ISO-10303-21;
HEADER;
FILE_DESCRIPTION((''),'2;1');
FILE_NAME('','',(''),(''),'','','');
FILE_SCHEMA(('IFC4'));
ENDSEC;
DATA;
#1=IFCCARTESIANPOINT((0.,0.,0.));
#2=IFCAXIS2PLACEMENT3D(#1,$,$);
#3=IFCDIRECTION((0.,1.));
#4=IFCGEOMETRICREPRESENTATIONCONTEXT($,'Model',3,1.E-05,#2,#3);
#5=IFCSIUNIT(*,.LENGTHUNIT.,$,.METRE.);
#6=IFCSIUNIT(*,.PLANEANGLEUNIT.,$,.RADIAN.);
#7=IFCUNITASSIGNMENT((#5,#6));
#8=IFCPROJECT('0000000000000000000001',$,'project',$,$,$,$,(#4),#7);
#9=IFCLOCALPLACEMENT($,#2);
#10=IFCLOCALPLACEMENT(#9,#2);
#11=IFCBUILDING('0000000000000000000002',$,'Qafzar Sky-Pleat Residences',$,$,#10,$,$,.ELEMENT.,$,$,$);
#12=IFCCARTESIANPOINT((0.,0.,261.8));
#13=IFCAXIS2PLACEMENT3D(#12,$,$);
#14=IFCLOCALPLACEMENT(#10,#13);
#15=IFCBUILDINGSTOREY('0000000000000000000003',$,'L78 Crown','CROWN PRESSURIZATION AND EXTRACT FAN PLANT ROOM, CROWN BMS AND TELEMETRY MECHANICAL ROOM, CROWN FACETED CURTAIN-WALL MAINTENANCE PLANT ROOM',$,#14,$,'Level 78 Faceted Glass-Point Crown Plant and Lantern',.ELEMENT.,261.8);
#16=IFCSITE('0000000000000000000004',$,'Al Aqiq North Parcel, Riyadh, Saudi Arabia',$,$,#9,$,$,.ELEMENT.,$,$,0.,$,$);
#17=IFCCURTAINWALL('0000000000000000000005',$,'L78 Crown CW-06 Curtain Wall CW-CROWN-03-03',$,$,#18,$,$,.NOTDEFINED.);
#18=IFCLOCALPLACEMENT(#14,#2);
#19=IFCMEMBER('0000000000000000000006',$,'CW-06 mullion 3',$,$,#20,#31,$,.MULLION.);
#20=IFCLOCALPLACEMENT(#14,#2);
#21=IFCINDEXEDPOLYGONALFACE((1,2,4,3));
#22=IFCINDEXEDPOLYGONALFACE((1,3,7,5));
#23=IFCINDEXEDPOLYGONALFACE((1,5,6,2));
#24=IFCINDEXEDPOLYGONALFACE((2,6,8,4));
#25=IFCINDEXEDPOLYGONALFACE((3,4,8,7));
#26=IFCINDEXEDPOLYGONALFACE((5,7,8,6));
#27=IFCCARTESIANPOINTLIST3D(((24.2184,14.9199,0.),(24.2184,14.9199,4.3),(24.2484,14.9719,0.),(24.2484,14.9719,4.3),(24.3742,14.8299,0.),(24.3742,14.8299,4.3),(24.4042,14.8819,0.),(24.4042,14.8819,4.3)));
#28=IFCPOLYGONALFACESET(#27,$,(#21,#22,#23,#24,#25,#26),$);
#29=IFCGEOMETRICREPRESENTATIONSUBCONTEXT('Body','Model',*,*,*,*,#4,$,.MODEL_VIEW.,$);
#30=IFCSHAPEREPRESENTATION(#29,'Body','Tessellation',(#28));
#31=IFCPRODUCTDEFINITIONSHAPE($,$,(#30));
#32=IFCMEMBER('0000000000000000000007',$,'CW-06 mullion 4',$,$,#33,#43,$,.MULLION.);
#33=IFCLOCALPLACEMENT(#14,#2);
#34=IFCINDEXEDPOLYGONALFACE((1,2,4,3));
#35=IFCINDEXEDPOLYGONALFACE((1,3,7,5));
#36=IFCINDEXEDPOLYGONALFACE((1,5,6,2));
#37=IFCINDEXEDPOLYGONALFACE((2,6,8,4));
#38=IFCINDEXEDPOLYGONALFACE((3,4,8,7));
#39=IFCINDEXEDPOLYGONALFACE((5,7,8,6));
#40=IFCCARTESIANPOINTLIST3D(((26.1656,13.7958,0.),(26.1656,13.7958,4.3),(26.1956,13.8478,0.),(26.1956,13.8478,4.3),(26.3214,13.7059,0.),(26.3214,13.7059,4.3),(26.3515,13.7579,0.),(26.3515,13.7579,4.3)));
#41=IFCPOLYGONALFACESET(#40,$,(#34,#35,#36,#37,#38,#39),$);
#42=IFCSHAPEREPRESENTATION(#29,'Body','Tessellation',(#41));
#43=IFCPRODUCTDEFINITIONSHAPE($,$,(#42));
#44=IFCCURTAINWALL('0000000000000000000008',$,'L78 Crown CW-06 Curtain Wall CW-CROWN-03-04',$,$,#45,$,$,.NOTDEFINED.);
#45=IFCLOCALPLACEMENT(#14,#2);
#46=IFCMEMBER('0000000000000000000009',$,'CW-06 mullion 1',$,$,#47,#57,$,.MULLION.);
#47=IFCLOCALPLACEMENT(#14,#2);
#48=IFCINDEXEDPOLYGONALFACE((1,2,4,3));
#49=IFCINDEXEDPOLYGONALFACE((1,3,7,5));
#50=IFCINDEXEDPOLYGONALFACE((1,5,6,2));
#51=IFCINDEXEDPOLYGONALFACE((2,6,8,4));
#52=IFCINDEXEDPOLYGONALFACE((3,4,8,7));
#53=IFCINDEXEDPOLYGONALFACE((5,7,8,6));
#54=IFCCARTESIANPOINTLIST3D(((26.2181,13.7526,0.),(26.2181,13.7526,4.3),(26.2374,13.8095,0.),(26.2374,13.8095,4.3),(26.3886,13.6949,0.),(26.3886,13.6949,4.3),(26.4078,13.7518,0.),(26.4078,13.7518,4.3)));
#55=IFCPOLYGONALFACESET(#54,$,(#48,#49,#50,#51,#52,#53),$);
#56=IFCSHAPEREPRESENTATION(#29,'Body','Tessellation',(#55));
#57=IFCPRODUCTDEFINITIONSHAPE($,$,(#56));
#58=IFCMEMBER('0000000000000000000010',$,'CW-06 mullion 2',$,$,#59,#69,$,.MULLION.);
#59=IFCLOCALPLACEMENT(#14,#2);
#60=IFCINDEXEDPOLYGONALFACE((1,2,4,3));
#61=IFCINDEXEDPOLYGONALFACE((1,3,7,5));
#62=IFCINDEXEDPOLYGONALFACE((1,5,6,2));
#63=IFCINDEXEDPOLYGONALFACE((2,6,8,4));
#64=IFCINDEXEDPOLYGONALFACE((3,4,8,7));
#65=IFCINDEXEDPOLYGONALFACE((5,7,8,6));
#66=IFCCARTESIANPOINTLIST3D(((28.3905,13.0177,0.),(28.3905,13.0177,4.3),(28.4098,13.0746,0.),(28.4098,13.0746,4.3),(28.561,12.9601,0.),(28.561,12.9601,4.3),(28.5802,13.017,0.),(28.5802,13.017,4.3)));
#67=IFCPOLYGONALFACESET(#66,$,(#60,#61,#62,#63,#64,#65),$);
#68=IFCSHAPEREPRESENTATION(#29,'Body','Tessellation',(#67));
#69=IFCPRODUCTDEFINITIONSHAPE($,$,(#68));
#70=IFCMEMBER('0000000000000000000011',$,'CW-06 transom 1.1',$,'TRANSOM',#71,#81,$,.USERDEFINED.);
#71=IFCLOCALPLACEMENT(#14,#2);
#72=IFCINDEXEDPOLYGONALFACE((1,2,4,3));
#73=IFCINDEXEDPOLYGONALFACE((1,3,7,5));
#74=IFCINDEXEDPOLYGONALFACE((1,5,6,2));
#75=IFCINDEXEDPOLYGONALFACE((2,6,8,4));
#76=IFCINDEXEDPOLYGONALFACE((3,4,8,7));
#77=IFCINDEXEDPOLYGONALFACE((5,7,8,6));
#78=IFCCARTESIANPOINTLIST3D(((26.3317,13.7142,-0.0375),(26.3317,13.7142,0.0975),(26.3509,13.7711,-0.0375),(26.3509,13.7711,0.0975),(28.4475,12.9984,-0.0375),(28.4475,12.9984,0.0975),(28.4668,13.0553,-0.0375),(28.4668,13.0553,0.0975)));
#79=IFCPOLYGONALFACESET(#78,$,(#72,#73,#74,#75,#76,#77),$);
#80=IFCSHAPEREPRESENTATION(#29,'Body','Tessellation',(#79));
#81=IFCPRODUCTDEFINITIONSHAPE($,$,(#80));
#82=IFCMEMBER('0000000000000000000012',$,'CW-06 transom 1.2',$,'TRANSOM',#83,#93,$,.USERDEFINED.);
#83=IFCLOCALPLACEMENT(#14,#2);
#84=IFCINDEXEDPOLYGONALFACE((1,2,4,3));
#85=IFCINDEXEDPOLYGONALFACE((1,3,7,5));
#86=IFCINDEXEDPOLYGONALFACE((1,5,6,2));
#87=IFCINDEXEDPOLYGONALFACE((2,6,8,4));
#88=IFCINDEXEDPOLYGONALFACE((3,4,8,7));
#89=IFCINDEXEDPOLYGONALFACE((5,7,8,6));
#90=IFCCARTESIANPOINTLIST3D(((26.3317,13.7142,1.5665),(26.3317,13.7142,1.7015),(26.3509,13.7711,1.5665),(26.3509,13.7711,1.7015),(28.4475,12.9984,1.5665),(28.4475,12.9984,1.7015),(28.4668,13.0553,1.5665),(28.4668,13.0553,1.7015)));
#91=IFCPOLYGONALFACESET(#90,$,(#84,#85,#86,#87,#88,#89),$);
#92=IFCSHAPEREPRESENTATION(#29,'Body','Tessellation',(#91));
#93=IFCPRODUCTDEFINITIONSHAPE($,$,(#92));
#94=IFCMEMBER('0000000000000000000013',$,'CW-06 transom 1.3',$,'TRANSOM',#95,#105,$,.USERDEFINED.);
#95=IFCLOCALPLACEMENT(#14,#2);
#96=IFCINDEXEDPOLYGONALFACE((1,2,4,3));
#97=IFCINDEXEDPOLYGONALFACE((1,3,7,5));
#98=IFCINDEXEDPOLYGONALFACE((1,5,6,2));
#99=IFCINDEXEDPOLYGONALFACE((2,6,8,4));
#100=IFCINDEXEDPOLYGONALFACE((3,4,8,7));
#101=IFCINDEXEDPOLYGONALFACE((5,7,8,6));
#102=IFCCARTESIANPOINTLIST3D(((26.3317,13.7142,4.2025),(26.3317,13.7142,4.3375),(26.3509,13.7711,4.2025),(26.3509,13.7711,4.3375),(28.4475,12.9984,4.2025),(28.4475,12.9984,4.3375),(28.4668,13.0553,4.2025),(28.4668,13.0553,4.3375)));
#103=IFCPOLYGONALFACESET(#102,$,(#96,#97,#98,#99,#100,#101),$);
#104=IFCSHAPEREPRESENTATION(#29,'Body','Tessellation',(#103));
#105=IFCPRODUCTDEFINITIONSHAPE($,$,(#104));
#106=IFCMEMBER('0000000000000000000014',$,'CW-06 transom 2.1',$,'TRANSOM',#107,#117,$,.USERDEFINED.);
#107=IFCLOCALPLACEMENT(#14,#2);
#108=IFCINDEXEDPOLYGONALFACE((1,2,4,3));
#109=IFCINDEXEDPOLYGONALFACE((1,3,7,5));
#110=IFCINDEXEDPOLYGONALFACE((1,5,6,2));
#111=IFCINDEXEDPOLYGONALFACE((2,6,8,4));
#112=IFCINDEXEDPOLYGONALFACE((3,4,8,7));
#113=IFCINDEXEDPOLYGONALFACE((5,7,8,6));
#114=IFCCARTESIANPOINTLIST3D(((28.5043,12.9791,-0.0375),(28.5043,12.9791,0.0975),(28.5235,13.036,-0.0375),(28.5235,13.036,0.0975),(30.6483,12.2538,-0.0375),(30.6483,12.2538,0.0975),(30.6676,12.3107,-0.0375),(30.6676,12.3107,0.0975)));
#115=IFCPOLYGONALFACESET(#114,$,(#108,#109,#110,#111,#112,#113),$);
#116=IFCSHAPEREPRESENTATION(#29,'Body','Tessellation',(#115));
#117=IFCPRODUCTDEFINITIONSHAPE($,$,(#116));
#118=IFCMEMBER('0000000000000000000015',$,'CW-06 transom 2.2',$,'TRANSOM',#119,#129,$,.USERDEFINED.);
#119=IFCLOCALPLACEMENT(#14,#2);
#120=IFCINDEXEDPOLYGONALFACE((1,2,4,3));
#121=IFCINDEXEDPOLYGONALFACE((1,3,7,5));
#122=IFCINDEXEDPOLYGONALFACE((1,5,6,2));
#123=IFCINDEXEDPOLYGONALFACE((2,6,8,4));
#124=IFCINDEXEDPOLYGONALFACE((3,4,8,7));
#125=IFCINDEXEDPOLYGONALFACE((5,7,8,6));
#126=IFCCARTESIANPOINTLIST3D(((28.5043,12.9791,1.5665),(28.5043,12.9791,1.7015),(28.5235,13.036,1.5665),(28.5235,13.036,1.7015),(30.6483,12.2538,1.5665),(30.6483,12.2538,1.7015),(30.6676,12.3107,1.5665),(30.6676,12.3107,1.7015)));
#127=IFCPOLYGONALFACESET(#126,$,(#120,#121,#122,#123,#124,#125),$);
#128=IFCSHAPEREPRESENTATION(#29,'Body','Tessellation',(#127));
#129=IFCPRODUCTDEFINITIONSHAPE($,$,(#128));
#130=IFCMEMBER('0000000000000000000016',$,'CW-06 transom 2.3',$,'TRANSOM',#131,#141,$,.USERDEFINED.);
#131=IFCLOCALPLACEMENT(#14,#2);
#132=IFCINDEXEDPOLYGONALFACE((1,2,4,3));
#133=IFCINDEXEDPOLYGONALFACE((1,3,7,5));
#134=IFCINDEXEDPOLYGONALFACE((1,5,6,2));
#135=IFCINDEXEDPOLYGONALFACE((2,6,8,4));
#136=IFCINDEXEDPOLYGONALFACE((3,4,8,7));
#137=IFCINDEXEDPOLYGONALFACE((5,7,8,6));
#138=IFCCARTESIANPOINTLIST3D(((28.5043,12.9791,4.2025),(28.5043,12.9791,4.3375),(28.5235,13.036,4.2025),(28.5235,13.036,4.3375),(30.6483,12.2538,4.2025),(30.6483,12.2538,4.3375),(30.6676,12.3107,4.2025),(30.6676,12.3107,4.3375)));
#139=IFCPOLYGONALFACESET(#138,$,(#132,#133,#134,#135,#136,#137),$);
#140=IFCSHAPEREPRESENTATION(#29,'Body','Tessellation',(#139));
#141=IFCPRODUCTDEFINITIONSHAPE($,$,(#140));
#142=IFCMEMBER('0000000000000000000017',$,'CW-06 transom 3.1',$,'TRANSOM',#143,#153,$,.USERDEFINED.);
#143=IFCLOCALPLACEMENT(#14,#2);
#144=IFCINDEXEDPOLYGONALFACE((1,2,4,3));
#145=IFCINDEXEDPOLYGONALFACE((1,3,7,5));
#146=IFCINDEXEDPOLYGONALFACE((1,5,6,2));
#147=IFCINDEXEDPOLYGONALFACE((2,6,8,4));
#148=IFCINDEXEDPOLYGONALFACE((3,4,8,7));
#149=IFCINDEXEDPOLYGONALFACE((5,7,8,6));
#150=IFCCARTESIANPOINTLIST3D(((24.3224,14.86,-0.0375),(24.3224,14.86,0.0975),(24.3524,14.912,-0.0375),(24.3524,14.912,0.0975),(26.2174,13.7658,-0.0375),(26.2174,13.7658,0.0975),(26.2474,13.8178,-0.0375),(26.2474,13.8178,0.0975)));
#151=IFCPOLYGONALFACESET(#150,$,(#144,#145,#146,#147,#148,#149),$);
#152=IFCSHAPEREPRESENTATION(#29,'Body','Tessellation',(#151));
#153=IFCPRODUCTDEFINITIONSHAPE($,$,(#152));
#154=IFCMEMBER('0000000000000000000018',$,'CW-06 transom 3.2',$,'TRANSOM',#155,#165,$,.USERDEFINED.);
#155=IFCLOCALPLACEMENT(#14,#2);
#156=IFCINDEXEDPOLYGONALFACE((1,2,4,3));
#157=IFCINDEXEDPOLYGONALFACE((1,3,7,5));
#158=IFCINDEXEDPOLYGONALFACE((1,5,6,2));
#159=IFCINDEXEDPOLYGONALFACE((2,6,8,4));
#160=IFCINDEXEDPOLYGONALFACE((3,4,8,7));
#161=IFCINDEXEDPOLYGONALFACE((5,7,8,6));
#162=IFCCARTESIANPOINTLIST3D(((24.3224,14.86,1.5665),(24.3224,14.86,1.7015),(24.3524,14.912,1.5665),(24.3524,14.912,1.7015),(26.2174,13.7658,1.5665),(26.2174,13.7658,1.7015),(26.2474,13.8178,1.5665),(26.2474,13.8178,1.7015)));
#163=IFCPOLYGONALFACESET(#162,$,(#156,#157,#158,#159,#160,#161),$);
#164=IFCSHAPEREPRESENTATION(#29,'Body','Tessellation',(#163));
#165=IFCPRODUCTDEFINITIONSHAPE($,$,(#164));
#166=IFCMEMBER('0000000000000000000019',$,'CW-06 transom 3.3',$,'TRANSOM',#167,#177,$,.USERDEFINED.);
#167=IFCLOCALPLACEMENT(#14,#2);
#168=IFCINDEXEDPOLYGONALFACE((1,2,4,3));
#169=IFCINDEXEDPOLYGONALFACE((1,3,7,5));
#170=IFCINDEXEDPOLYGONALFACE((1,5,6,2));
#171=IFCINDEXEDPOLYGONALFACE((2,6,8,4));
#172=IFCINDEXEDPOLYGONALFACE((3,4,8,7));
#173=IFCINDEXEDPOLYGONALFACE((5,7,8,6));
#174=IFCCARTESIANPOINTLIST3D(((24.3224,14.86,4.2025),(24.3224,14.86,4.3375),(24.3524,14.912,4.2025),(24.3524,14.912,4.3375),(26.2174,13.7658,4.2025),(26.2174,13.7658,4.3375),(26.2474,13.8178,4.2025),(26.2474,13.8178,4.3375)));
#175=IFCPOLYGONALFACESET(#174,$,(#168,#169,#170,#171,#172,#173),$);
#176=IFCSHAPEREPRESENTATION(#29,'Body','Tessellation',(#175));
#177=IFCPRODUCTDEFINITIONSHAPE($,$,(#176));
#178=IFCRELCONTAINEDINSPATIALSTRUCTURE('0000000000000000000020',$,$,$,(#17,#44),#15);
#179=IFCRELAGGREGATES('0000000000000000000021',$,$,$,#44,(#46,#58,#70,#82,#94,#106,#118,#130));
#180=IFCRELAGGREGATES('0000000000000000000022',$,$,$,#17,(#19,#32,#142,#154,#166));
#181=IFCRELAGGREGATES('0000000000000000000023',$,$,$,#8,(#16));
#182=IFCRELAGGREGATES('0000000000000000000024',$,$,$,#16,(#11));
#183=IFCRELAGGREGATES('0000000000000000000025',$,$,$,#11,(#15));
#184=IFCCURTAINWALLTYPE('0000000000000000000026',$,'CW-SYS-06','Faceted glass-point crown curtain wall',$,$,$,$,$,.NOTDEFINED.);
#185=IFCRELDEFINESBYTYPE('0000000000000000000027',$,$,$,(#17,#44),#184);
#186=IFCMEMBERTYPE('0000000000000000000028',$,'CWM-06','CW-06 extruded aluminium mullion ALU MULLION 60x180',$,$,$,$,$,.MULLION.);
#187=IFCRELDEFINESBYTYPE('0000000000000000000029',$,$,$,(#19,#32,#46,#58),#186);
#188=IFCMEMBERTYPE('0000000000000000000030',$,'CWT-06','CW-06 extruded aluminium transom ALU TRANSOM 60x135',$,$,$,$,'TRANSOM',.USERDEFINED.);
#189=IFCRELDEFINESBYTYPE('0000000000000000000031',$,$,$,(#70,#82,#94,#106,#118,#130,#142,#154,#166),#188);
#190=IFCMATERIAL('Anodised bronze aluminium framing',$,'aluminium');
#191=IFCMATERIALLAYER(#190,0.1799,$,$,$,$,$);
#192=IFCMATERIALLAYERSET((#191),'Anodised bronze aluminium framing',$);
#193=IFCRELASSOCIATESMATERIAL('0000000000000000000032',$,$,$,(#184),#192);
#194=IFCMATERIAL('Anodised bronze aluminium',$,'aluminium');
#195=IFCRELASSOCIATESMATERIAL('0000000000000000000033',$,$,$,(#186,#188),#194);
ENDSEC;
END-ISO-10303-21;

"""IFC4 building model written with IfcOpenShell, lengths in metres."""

from ifc_helpers import new_model, si_unit, direction, frame, origin, origin_2d, place, context, subcontext, project, spatial, rectangle, extrude, source, transform, mapped, material, layer, layer_set, material_profile, profile_set, type_object, element, aggregate, save


model = new_model("IFC4")

# Units and contexts
model_context = context("Model", 3, precision=1e-05, world=origin(), true_north=direction((0.0, 1.0)))
body_context = subcontext(model_context, "Body", "Model", "MODEL_VIEW")
ifc_project = project(units=[si_unit("LENGTHUNIT", "METRE"), si_unit("PLANEANGLEUNIT", "RADIAN")], contexts=[model_context])

# Site, building, storey
site_placement = place(None, origin())
site = spatial("IfcSite", under=ifc_project, at=site_placement, Name="Al Aqiq North Parcel, Riyadh, Saudi Arabia", CompositionType="ELEMENT", RefElevation=0.0)
building_placement = place(site_placement, origin())
building = spatial("IfcBuilding", under=site, at=building_placement, Name="Qafzar Sky-Pleat Residences", CompositionType="ELEMENT")
storey_placement = place(building_placement, frame((0.0, 0.0, 261.8)))
storey = spatial("IfcBuildingStorey", under=building, at=storey_placement, Name="L78 Crown", Description="CROWN PRESSURIZATION AND EXTRACT FAN PLANT ROOM, CROWN BMS AND TELEMETRY MECHANICAL ROOM, CROWN FACETED CURTAIN-WALL MAINTENANCE PLANT ROOM", LongName="Level 78 Faceted Glass-Point Crown Plant and Lantern", CompositionType="ELEMENT", Elevation=261.8)

# Curtain walls, members
ifc_material_1 = material(Name="Anodised bronze aluminium framing", Category="aluminium")
ifc_layer_1 = layer(ifc_material_1, 0.1799)
ifc_layer_set_1 = layer_set([ifc_layer_1], Name="Anodised bronze aluminium framing")
curtain_wall_type = type_object("IfcCurtainWallType", Name="CW-SYS-06", Description="Faceted glass-point crown curtain wall", PredefinedType="NOTDEFINED", material=ifc_layer_set_1)
curtain_wall_1_placement = place(storey_placement, origin())
curtain_wall_1 = element("IfcCurtainWall", 1, at=curtain_wall_1_placement, inside=storey, type_object=curtain_wall_type, Name="L78 Crown CW-06 Curtain Wall CW-CROWN-03-03", PredefinedType="NOTDEFINED")
ifc_material_2 = material(Name="Anodised bronze aluminium", Category="aluminium")
ifc_material_profile_1 = material_profile(ifc_material_2, rectangle(XDim=0.0601, YDim=0.1799, at=origin_2d()), Name="ALU MULLION 60x180")
ifc_profile_set_1 = profile_set([ifc_material_profile_1], Name="Anodised bronze aluminium")
member_type_1 = type_object("IfcMemberType", Name="CWM-06", Description="CW-06 extruded aluminium mullion ALU MULLION 60x180", PredefinedType="MULLION", material=ifc_profile_set_1)
shared_shape_1 = source(origin(), body_context, "Body", "SweptSolid", [
    extrude(rectangle(XDim=0.0601, YDim=0.1799, at=origin_2d()), origin(), (0.0, 0.0, 1.0), 4.3),
])
member_1_placement = place(storey_placement, frame((24.3113, 14.9009, 0.0), z_axis=(0.0, 0.0, 1.0), x_axis=(0.499993, 0.86603, 0.0)))
member_1 = element("IfcMember", 2, at=member_1_placement, type_object=member_type_1, Name="CW-06 mullion 3", PredefinedType="MULLION", context=body_context, shape_type="MappedRepresentation", body=[
    mapped(shared_shape_1, transform((0.0, 0.0, 0.0), x_axis=(1.0, 0.0, 0.0), y_axis=(0.0, 1.0, 0.0), z_axis=(0.0, 0.0, 1.0), scale=1.0)),
])
member_2_placement = place(storey_placement, frame((26.2585, 13.7769, 0.0), z_axis=(0.0, 0.0, 1.0), x_axis=(0.499993, 0.86603, 0.0)))
member_2 = element("IfcMember", 3, at=member_2_placement, type_object=member_type_1, Name="CW-06 mullion 4", PredefinedType="MULLION", context=body_context, shape_type="MappedRepresentation", body=[
    mapped(shared_shape_1, transform((0.0, 0.0, 0.0), x_axis=(1.0, 0.0, 0.0), y_axis=(0.0, 1.0, 0.0), z_axis=(0.0, 0.0, 1.0), scale=1.0)),
])
curtain_wall_2_placement = place(storey_placement, origin())
curtain_wall_2 = element("IfcCurtainWall", 4, at=curtain_wall_2_placement, inside=storey, type_object=curtain_wall_type, Name="L78 Crown CW-06 Curtain Wall CW-CROWN-03-04", PredefinedType="NOTDEFINED")
member_3_placement = place(storey_placement, frame((26.313, 13.7522, 0.0), z_axis=(0.0, 0.0, 1.0), x_axis=(0.320451, 0.947265, 0.0)))
member_3 = element("IfcMember", 5, at=member_3_placement, type_object=member_type_1, Name="CW-06 mullion 1", PredefinedType="MULLION", context=body_context, shape_type="MappedRepresentation", body=[
    mapped(shared_shape_1, transform((0.0, 0.0, 0.0), x_axis=(1.0, 0.0, 0.0), y_axis=(0.0, 1.0, 0.0), z_axis=(0.0, 0.0, 1.0), scale=1.0)),
])
member_4_placement = place(storey_placement, frame((28.4854, 13.0173, 0.0), z_axis=(0.0, 0.0, 1.0), x_axis=(0.320451, 0.947265, 0.0)))
member_4 = element("IfcMember", 6, at=member_4_placement, type_object=member_type_1, Name="CW-06 mullion 2", PredefinedType="MULLION", context=body_context, shape_type="MappedRepresentation", body=[
    mapped(shared_shape_1, transform((0.0, 0.0, 0.0), x_axis=(1.0, 0.0, 0.0), y_axis=(0.0, 1.0, 0.0), z_axis=(0.0, 0.0, 1.0), scale=1.0)),
])
ifc_material_profile_2 = material_profile(ifc_material_2, rectangle(XDim=0.0601, YDim=0.135, at=origin_2d()), Name="ALU TRANSOM 60x135")
ifc_profile_set_2 = profile_set([ifc_material_profile_2], Name="Anodised bronze aluminium")
member_type_2 = type_object("IfcMemberType", Name="CWT-06", Description="CW-06 extruded aluminium transom ALU TRANSOM 60x135", ElementType="TRANSOM", PredefinedType="USERDEFINED", material=ifc_profile_set_2)
shared_shape_2 = source(origin(), body_context, "Body", "SweptSolid", [
    extrude(rectangle(XDim=0.0601, YDim=0.135, at=origin_2d()), origin(), (0.0, 0.0, 1.0), 2.2336),
])
member_5_placement = place(storey_placement, frame((26.3413, 13.7427, 0.03), z_axis=(0.947253, -0.320488, 0.0), x_axis=(0.320488, 0.947253, 0.0)))
member_5 = element("IfcMember", 7, at=member_5_placement, type_object=member_type_2, Name="CW-06 transom 1.1", ObjectType="TRANSOM", PredefinedType="USERDEFINED", context=body_context, shape_type="MappedRepresentation", body=[
    mapped(shared_shape_2, transform((0.0, 0.0, 0.0), x_axis=(1.0, 0.0, 0.0), y_axis=(0.0, 1.0, 0.0), z_axis=(0.0, 0.0, 1.0), scale=1.0)),
])
member_6_placement = place(storey_placement, frame((26.3413, 13.7427, 1.634), z_axis=(0.947253, -0.320488, 0.0), x_axis=(0.320488, 0.947253, 0.0)))
member_6 = element("IfcMember", 8, at=member_6_placement, type_object=member_type_2, Name="CW-06 transom 1.2", ObjectType="TRANSOM", PredefinedType="USERDEFINED", context=body_context, shape_type="MappedRepresentation", body=[
    mapped(shared_shape_2, transform((0.0, 0.0, 0.0), x_axis=(1.0, 0.0, 0.0), y_axis=(0.0, 1.0, 0.0), z_axis=(0.0, 0.0, 1.0), scale=1.0)),
])
member_7_placement = place(storey_placement, frame((26.3413, 13.7427, 4.27), z_axis=(0.947253, -0.320488, 0.0), x_axis=(0.320488, 0.947253, 0.0)))
member_7 = element("IfcMember", 9, at=member_7_placement, type_object=member_type_2, Name="CW-06 transom 1.3", ObjectType="TRANSOM", PredefinedType="USERDEFINED", context=body_context, shape_type="MappedRepresentation", body=[
    mapped(shared_shape_2, transform((0.0, 0.0, 0.0), x_axis=(1.0, 0.0, 0.0), y_axis=(0.0, 1.0, 0.0), z_axis=(0.0, 0.0, 1.0), scale=1.0)),
])
shared_shape_3 = source(origin(), body_context, "Body", "SweptSolid", [
    extrude(rectangle(XDim=0.0601, YDim=0.135, at=origin_2d()), origin(), (0.0, 0.0, 1.0), 2.2634),
])
member_8_placement = place(storey_placement, frame((28.5139, 13.0076, 0.03), z_axis=(0.947261, -0.320464, 0.0), x_axis=(0.320464, 0.947261, 0.0)))
member_8 = element("IfcMember", 10, at=member_8_placement, type_object=member_type_2, Name="CW-06 transom 2.1", ObjectType="TRANSOM", PredefinedType="USERDEFINED", context=body_context, shape_type="MappedRepresentation", body=[
    mapped(shared_shape_3, transform((0.0, 0.0, 0.0), x_axis=(1.0, 0.0, 0.0), y_axis=(0.0, 1.0, 0.0), z_axis=(0.0, 0.0, 1.0), scale=1.0)),
])
member_9_placement = place(storey_placement, frame((28.5139, 13.0076, 1.634), z_axis=(0.947261, -0.320464, 0.0), x_axis=(0.320464, 0.947261, 0.0)))
member_9 = element("IfcMember", 11, at=member_9_placement, type_object=member_type_2, Name="CW-06 transom 2.2", ObjectType="TRANSOM", PredefinedType="USERDEFINED", context=body_context, shape_type="MappedRepresentation", body=[
    mapped(shared_shape_3, transform((0.0, 0.0, 0.0), x_axis=(1.0, 0.0, 0.0), y_axis=(0.0, 1.0, 0.0), z_axis=(0.0, 0.0, 1.0), scale=1.0)),
])
member_10_placement = place(storey_placement, frame((28.5139, 13.0076, 4.27), z_axis=(0.947261, -0.320464, 0.0), x_axis=(0.320464, 0.947261, 0.0)))
member_10 = element("IfcMember", 12, at=member_10_placement, type_object=member_type_2, Name="CW-06 transom 2.3", ObjectType="TRANSOM", PredefinedType="USERDEFINED", context=body_context, shape_type="MappedRepresentation", body=[
    mapped(shared_shape_3, transform((0.0, 0.0, 0.0), x_axis=(1.0, 0.0, 0.0), y_axis=(0.0, 1.0, 0.0), z_axis=(0.0, 0.0, 1.0), scale=1.0)),
])

# Members
shared_shape_4 = source(origin(), body_context, "Body", "SweptSolid", [
    extrude(rectangle(XDim=0.0601, YDim=0.135, at=origin_2d()), origin(), (0.0, 0.0, 1.0), 2.1882),
])
member_11_placement = place(storey_placement, frame((24.3374, 14.886, 0.03), z_axis=(0.865996, -0.500051, 0.0), x_axis=(0.500051, 0.865996, 0.0)))
member_11 = element("IfcMember", 13, at=member_11_placement, type_object=member_type_2, Name="CW-06 transom 3.1", ObjectType="TRANSOM", PredefinedType="USERDEFINED", context=body_context, shape_type="MappedRepresentation", body=[
    mapped(shared_shape_4, transform((0.0, 0.0, 0.0), x_axis=(1.0, 0.0, 0.0), y_axis=(0.0, 1.0, 0.0), z_axis=(0.0, 0.0, 1.0), scale=1.0)),
])
member_12_placement = place(storey_placement, frame((24.3374, 14.886, 1.634), z_axis=(0.865996, -0.500051, 0.0), x_axis=(0.500051, 0.865996, 0.0)))
member_12 = element("IfcMember", 14, at=member_12_placement, type_object=member_type_2, Name="CW-06 transom 3.2", ObjectType="TRANSOM", PredefinedType="USERDEFINED", context=body_context, shape_type="MappedRepresentation", body=[
    mapped(shared_shape_4, transform((0.0, 0.0, 0.0), x_axis=(1.0, 0.0, 0.0), y_axis=(0.0, 1.0, 0.0), z_axis=(0.0, 0.0, 1.0), scale=1.0)),
])
member_13_placement = place(storey_placement, frame((24.3374, 14.886, 4.27), z_axis=(0.865996, -0.500051, 0.0), x_axis=(0.500051, 0.865996, 0.0)))
member_13 = element("IfcMember", 15, at=member_13_placement, type_object=member_type_2, Name="CW-06 transom 3.3", ObjectType="TRANSOM", PredefinedType="USERDEFINED", context=body_context, shape_type="MappedRepresentation", body=[
    mapped(shared_shape_4, transform((0.0, 0.0, 0.0), x_axis=(1.0, 0.0, 0.0), y_axis=(0.0, 1.0, 0.0), z_axis=(0.0, 0.0, 1.0), scale=1.0)),
])

aggregate(curtain_wall_2, [member_3, member_4, member_5, member_6, member_7, member_8, member_9, member_10])
aggregate(curtain_wall_1, [member_1, member_2, member_11, member_12, member_13])

save(model, "model.ifc")
